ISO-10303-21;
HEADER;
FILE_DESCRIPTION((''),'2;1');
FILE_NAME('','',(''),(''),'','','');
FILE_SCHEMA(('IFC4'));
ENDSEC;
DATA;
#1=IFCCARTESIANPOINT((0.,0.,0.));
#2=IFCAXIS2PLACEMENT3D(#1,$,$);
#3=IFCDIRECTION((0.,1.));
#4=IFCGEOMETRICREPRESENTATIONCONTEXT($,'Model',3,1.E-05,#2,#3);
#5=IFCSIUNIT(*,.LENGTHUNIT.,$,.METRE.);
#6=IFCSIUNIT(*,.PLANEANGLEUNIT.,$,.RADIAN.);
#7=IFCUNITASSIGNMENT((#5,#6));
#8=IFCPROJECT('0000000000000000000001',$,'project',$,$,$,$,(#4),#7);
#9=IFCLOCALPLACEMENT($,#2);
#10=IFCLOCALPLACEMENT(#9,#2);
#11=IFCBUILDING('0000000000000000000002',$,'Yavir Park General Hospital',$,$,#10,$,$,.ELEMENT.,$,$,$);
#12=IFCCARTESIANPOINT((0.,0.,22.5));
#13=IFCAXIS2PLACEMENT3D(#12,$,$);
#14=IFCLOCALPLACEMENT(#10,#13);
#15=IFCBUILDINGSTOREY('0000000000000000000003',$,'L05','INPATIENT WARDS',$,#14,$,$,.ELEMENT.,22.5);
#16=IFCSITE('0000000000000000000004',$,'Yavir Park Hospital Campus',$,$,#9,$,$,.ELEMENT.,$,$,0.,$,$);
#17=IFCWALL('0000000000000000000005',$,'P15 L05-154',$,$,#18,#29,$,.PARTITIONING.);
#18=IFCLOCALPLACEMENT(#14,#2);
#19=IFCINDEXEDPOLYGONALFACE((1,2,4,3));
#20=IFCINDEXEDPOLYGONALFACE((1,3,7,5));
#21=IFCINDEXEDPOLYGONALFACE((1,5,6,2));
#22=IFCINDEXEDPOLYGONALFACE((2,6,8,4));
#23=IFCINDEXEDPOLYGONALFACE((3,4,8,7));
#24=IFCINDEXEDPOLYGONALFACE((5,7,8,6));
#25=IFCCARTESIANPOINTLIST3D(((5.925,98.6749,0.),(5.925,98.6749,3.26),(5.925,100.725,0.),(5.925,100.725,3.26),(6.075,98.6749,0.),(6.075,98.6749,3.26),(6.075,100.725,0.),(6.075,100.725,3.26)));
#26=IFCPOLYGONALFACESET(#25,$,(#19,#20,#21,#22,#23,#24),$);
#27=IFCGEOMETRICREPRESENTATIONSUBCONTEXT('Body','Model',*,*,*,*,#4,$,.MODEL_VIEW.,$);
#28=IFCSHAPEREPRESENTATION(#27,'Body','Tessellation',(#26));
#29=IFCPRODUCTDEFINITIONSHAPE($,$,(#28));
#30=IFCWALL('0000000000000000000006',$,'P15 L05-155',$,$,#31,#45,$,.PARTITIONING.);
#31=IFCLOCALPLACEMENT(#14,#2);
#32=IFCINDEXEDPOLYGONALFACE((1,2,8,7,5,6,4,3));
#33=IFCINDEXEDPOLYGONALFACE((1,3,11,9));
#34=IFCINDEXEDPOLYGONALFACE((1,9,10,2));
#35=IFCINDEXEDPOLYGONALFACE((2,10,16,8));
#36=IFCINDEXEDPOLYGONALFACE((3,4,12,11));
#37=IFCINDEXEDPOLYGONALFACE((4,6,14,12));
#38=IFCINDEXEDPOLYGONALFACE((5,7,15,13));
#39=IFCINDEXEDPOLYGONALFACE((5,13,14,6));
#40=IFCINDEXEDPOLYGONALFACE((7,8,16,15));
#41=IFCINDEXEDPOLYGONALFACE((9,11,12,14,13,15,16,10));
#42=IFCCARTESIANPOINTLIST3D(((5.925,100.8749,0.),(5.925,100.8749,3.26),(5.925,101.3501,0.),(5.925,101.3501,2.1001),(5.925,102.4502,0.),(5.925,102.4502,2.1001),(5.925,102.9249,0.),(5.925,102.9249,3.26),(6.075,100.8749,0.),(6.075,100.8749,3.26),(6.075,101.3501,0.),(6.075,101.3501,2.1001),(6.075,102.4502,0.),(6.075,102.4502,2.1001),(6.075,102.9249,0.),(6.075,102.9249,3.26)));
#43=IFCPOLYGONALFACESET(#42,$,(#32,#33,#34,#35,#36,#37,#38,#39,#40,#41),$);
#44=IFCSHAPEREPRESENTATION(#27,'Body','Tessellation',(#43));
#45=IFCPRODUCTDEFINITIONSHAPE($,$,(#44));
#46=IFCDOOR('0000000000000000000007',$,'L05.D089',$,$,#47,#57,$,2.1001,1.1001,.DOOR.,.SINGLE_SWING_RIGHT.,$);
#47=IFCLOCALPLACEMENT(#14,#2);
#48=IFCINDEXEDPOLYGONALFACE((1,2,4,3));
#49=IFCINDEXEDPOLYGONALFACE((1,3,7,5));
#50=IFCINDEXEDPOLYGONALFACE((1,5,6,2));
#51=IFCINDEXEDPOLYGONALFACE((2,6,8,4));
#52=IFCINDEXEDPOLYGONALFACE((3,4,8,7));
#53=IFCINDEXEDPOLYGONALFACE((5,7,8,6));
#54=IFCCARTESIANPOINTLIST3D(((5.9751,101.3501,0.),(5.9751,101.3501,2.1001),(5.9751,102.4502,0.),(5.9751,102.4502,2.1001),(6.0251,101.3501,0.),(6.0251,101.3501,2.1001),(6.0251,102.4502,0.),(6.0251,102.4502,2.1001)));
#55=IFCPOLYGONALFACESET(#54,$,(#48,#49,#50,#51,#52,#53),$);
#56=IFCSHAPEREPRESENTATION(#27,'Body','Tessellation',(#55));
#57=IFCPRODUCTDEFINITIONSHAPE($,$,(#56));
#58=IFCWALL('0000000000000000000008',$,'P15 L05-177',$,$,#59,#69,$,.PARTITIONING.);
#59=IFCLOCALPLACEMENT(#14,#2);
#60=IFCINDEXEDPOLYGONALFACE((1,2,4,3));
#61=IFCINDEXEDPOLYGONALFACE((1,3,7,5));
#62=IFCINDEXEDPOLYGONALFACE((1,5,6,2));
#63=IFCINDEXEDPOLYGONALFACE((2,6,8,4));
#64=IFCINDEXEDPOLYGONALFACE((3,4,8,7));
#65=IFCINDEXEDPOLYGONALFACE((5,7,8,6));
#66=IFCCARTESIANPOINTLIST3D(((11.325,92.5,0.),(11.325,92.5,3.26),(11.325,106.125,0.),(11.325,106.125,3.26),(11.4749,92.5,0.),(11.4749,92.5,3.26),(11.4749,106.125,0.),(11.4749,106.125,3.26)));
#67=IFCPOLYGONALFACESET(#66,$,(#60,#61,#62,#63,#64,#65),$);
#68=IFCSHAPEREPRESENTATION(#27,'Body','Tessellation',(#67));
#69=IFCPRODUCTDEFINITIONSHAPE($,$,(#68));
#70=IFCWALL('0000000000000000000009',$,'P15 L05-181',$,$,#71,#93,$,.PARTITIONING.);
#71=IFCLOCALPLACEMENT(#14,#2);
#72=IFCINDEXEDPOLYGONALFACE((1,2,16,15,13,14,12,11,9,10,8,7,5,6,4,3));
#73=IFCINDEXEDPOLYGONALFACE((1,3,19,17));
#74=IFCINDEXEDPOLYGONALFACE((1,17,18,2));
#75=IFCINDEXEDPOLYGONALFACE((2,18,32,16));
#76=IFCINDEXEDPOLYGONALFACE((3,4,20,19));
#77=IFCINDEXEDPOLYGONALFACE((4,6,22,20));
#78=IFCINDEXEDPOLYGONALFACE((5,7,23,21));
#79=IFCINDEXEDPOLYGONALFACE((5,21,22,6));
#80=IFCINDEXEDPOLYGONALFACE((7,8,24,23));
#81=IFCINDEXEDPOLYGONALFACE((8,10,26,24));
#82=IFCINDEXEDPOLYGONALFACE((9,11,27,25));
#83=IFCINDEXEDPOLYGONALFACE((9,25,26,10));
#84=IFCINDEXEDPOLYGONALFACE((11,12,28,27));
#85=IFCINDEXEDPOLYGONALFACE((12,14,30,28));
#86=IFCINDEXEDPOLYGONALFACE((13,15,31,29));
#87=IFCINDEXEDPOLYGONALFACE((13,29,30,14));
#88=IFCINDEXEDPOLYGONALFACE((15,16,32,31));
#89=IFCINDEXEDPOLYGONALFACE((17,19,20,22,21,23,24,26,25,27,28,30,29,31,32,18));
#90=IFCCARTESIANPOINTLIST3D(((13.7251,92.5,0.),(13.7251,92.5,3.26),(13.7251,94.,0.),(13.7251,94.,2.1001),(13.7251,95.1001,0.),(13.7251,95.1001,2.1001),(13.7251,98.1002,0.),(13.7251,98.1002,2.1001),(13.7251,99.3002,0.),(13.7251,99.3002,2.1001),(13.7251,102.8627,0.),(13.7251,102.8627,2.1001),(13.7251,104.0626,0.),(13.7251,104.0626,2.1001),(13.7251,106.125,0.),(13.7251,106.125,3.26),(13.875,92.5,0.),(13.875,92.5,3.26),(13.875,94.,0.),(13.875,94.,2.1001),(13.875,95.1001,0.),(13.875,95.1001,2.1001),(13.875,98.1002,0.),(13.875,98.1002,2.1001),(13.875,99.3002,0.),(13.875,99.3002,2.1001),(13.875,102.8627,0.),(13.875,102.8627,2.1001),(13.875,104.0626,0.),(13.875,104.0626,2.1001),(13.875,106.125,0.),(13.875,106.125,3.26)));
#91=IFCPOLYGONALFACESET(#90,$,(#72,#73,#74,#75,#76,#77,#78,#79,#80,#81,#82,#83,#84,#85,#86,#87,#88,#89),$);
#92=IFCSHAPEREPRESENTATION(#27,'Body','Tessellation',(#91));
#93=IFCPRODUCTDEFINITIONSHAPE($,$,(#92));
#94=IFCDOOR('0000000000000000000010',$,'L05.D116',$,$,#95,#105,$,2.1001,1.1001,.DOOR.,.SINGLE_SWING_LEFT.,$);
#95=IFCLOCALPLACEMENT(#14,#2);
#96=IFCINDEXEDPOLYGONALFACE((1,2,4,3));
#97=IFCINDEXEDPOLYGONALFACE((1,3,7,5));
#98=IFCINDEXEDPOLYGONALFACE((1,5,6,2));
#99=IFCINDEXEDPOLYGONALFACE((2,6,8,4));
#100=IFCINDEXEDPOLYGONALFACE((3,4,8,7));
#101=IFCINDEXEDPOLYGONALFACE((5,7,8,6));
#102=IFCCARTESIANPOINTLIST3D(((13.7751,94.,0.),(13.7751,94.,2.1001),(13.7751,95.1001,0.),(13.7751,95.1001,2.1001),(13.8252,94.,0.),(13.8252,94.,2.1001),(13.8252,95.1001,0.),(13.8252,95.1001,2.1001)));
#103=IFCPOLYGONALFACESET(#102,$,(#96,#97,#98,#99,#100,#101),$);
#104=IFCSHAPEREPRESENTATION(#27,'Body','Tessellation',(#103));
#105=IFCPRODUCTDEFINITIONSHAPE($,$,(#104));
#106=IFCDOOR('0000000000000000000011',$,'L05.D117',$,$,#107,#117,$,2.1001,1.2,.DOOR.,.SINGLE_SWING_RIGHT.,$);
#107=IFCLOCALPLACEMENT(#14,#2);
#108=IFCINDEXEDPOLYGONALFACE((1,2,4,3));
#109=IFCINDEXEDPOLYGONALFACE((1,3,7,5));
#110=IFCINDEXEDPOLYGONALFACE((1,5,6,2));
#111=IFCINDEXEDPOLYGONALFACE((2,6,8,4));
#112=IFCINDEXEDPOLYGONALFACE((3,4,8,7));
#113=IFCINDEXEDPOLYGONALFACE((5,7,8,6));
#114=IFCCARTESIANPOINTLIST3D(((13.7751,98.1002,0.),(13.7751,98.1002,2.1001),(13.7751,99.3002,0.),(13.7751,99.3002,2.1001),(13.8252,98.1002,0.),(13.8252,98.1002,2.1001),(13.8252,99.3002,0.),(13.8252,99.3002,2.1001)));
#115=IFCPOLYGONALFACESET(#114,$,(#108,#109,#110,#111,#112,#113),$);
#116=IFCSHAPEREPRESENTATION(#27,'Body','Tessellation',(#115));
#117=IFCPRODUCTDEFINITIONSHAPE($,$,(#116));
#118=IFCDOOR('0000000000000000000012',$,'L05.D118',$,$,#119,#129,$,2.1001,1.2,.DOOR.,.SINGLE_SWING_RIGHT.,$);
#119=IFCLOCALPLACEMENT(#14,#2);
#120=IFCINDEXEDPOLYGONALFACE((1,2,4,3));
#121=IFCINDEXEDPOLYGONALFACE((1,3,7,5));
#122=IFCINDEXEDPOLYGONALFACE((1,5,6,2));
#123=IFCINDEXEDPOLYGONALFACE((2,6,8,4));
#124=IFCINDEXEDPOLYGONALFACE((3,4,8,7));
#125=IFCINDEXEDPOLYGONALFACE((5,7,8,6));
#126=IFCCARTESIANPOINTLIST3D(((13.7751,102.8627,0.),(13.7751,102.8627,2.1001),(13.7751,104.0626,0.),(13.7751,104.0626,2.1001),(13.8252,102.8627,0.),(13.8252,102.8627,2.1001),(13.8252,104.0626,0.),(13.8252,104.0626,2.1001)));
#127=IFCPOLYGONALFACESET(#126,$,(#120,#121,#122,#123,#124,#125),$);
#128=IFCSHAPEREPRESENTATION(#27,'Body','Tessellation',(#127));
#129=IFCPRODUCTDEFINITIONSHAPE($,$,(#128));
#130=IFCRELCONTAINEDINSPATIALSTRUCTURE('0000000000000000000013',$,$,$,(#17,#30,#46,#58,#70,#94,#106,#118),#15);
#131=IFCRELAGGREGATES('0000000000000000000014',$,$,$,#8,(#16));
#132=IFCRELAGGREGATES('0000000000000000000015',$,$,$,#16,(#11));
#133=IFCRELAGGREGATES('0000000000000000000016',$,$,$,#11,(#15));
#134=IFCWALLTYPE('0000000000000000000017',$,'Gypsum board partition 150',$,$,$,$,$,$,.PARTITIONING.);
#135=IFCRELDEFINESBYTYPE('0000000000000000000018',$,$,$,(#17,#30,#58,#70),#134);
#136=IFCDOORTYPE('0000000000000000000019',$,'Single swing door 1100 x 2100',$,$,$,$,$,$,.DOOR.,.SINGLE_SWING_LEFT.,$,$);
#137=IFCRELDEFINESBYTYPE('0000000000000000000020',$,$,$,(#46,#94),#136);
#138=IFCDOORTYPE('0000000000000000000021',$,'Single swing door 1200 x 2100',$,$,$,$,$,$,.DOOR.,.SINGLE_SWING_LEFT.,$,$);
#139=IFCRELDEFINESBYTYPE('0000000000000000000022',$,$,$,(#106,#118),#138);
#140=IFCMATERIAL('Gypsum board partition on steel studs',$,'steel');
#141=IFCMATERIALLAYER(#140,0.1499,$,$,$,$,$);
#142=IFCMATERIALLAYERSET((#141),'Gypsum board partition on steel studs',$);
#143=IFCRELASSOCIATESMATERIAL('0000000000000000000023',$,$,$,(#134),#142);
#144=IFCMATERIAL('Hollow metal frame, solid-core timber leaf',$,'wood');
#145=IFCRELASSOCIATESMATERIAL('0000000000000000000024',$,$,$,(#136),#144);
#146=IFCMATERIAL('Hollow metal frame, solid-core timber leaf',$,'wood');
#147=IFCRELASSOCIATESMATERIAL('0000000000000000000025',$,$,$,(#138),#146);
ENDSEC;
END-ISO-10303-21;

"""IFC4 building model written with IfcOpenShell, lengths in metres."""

from ifc_helpers import new_model, si_unit, direction, frame, frame_2d, origin, place, context, subcontext, project, spatial, rectangle, extrude, material, layer, layer_set, type_object, element, fill, save


model = new_model("IFC4")

# Units and contexts
model_context = context("Model", 3, precision=1e-05, world=origin(), true_north=direction((0.0, 1.0)))
body_context = subcontext(model_context, "Body", "Model", "MODEL_VIEW")
ifc_project = project(units=[si_unit("LENGTHUNIT", "METRE"), si_unit("PLANEANGLEUNIT", "RADIAN")], contexts=[model_context])

# Site, building, storey
site_placement = place(None, origin())
site = spatial("IfcSite", under=ifc_project, at=site_placement, Name="Yavir Park Hospital Campus", CompositionType="ELEMENT", RefElevation=0.0)
building_placement = place(site_placement, origin())
building = spatial("IfcBuilding", under=site, at=building_placement, Name="Yavir Park General Hospital", CompositionType="ELEMENT")
storey_placement = place(building_placement, frame((0.0, 0.0, 22.5)))
storey = spatial("IfcBuildingStorey", under=building, at=storey_placement, Name="L05", Description="INPATIENT WARDS", CompositionType="ELEMENT", Elevation=22.5)

# Shared definitions
ifc_material_1 = material(Name="Gypsum board partition on steel studs", Category="steel")
ifc_layer_1 = layer(ifc_material_1, 0.1499)
ifc_layer_set_1 = layer_set([ifc_layer_1], Name="Gypsum board partition on steel studs")
wall_type_1 = type_object("IfcWallType", Name="Gypsum board partition 150", PredefinedType="PARTITIONING", material=ifc_layer_set_1)

# Shared definitions
ifc_material_2 = material(Name="Hollow metal frame, solid-core timber leaf", Category="wood")
door_type_1 = type_object("IfcDoorType", Name="Single swing door 1100 x 2100", OperationType="SINGLE_SWING_LEFT", PredefinedType="DOOR", material=ifc_material_2)

# Wall
wall_1_placement = place(storey_placement, frame((6.0, 98.675, 0.0), z_axis=(0.0, 0.0, 1.0), x_axis=(0.0, 1.0, 0.0)))
element("IfcWall", 1, at=wall_1_placement, inside=storey, type_object=wall_type_1, Name="P15 L05-154", PredefinedType="PARTITIONING", context=body_context, shape_type="SweptSolid", body=[
    extrude(rectangle(XDim=2.05, YDim=0.1499, at=frame_2d((1.0249, 0.0))), origin(), (0.0, 0.0, 1.0), 3.26),
])

# Wall, opening, door
wall_2_placement = place(storey_placement, frame((6.0, 100.875, 0.0), z_axis=(0.0, 0.0, 1.0), x_axis=(0.0, 1.0, 0.0)))
wall_2 = element("IfcWall", 2, at=wall_2_placement, inside=storey, type_object=wall_type_1, Name="P15 L05-155", PredefinedType="PARTITIONING", context=body_context, shape_type="SweptSolid", body=[
    extrude(rectangle(XDim=2.05, YDim=0.1499, at=frame_2d((1.0249, 0.0))), origin(), (0.0, 0.0, 1.0), 3.26),
])
opening_1_placement = place(wall_2_placement, frame((0.4751, 0.0, 0.0)))
opening_1 = element("IfcOpeningElement", 3, at=opening_1_placement, cuts=wall_2, PredefinedType="OPENING", context=body_context, shape_type="SweptSolid", body=[
    extrude(rectangle(XDim=1.1001, YDim=2.1001, at=frame_2d((0.55, 1.05))), frame((0.0, 0.085, 0.0), z_axis=(0.0, -1.0, 0.0), x_axis=(1.0, 0.0, 0.0)), (0.0, 0.0, 1.0), 0.1699),
])
door_1_placement = place(opening_1_placement, origin())
door_1 = element("IfcDoor", 4, at=door_1_placement, inside=storey, type_object=door_type_1, Name="L05.D089", OperationType="SINGLE_SWING_RIGHT", OverallHeight=2.1001, OverallWidth=1.1001, PredefinedType="DOOR", context=body_context, shape_type="SweptSolid", body=[
    extrude(rectangle(XDim=1.1001, YDim=2.1001, at=frame_2d((0.55, 1.05))), frame((0.0, 0.0249, 0.0), z_axis=(0.0, -1.0, 0.0), x_axis=(1.0, 0.0, 0.0)), (0.0, 0.0, 1.0), 0.05),
])
fill(opening_1, door_1)

# Wall
wall_3_placement = place(storey_placement, frame((11.3999, 92.5, 0.0), z_axis=(0.0, 0.0, 1.0), x_axis=(0.0, 1.0, 0.0)))
element("IfcWall", 5, at=wall_3_placement, inside=storey, type_object=wall_type_1, Name="P15 L05-177", PredefinedType="PARTITIONING", context=body_context, shape_type="SweptSolid", body=[
    extrude(rectangle(XDim=13.625, YDim=0.1499, at=frame_2d((6.8125, 0.0))), origin(), (0.0, 0.0, 1.0), 3.26),
])

# Wall, openings, doors
wall_4_placement = place(storey_placement, frame((13.8, 92.5, 0.0), z_axis=(0.0, 0.0, 1.0), x_axis=(0.0, 1.0, 0.0)))
wall_4 = element("IfcWall", 6, at=wall_4_placement, inside=storey, type_object=wall_type_1, Name="P15 L05-181", PredefinedType="PARTITIONING", context=body_context, shape_type="SweptSolid", body=[
    extrude(rectangle(XDim=13.625, YDim=0.1499, at=frame_2d((6.8125, 0.0))), origin(), (0.0, 0.0, 1.0), 3.26),
])
opening_2_placement = place(wall_4_placement, frame((1.5, 0.0, 0.0)))
opening_2 = element("IfcOpeningElement", 7, at=opening_2_placement, cuts=wall_4, PredefinedType="OPENING", context=body_context, shape_type="SweptSolid", body=[
    extrude(rectangle(XDim=1.1001, YDim=2.1001, at=frame_2d((0.55, 1.05))), frame((0.0, 0.085, 0.0), z_axis=(0.0, -1.0, 0.0), x_axis=(1.0, 0.0, 0.0)), (0.0, 0.0, 1.0), 0.1699),
])
opening_3_placement = place(wall_4_placement, frame((5.6001, 0.0, 0.0)))
opening_3 = element("IfcOpeningElement", 8, at=opening_3_placement, cuts=wall_4, PredefinedType="OPENING", context=body_context, shape_type="SweptSolid", body=[
    extrude(rectangle(XDim=1.2, YDim=2.1001, at=frame_2d((0.6001, 1.05))), frame((0.0, 0.085, 0.0), z_axis=(0.0, -1.0, 0.0), x_axis=(1.0, 0.0, 0.0)), (0.0, 0.0, 1.0), 0.1699),
])
opening_4_placement = place(wall_4_placement, frame((10.3625, 0.0, 0.0)))
opening_4 = element("IfcOpeningElement", 9, at=opening_4_placement, cuts=wall_4, PredefinedType="OPENING", context=body_context, shape_type="SweptSolid", body=[
    extrude(rectangle(XDim=1.2, YDim=2.1001, at=frame_2d((0.6001, 1.05))), frame((0.0, 0.085, 0.0), z_axis=(0.0, -1.0, 0.0), x_axis=(1.0, 0.0, 0.0)), (0.0, 0.0, 1.0), 0.1699),
])
door_2_placement = place(opening_2_placement, origin())
door_2 = element("IfcDoor", 10, at=door_2_placement, inside=storey, type_object=door_type_1, Name="L05.D116", OperationType="SINGLE_SWING_LEFT", OverallHeight=2.1001, OverallWidth=1.1001, PredefinedType="DOOR", context=body_context, shape_type="SweptSolid", body=[
    extrude(rectangle(XDim=1.1001, YDim=2.1001, at=frame_2d((0.55, 1.05))), frame((0.0, 0.0249, 0.0), z_axis=(0.0, -1.0, 0.0), x_axis=(1.0, 0.0, 0.0)), (0.0, 0.0, 1.0), 0.05),
])
fill(opening_2, door_2)
ifc_material_3 = material(Name="Hollow metal frame, solid-core timber leaf", Category="wood")
door_type_2 = type_object("IfcDoorType", Name="Single swing door 1200 x 2100", OperationType="SINGLE_SWING_LEFT", PredefinedType="DOOR", material=ifc_material_3)
door_3_placement = place(opening_3_placement, origin())
door_3 = element("IfcDoor", 11, at=door_3_placement, inside=storey, type_object=door_type_2, Name="L05.D117", OperationType="SINGLE_SWING_RIGHT", OverallHeight=2.1001, OverallWidth=1.2, PredefinedType="DOOR", context=body_context, shape_type="SweptSolid", body=[
    extrude(rectangle(XDim=1.2, YDim=2.1001, at=frame_2d((0.6001, 1.05))), frame((0.0, 0.0249, 0.0), z_axis=(0.0, -1.0, 0.0), x_axis=(1.0, 0.0, 0.0)), (0.0, 0.0, 1.0), 0.05),
])
fill(opening_3, door_3)
door_4_placement = place(opening_4_placement, origin())
door_4 = element("IfcDoor", 12, at=door_4_placement, inside=storey, type_object=door_type_2, Name="L05.D118", OperationType="SINGLE_SWING_RIGHT", OverallHeight=2.1001, OverallWidth=1.2, PredefinedType="DOOR", context=body_context, shape_type="SweptSolid", body=[
    extrude(rectangle(XDim=1.2, YDim=2.1001, at=frame_2d((0.6001, 1.05))), frame((0.0, 0.0249, 0.0), z_axis=(0.0, -1.0, 0.0), x_axis=(1.0, 0.0, 0.0)), (0.0, 0.0, 1.0), 0.05),
])
fill(opening_4, door_4)

save(model, "model.ifc")
